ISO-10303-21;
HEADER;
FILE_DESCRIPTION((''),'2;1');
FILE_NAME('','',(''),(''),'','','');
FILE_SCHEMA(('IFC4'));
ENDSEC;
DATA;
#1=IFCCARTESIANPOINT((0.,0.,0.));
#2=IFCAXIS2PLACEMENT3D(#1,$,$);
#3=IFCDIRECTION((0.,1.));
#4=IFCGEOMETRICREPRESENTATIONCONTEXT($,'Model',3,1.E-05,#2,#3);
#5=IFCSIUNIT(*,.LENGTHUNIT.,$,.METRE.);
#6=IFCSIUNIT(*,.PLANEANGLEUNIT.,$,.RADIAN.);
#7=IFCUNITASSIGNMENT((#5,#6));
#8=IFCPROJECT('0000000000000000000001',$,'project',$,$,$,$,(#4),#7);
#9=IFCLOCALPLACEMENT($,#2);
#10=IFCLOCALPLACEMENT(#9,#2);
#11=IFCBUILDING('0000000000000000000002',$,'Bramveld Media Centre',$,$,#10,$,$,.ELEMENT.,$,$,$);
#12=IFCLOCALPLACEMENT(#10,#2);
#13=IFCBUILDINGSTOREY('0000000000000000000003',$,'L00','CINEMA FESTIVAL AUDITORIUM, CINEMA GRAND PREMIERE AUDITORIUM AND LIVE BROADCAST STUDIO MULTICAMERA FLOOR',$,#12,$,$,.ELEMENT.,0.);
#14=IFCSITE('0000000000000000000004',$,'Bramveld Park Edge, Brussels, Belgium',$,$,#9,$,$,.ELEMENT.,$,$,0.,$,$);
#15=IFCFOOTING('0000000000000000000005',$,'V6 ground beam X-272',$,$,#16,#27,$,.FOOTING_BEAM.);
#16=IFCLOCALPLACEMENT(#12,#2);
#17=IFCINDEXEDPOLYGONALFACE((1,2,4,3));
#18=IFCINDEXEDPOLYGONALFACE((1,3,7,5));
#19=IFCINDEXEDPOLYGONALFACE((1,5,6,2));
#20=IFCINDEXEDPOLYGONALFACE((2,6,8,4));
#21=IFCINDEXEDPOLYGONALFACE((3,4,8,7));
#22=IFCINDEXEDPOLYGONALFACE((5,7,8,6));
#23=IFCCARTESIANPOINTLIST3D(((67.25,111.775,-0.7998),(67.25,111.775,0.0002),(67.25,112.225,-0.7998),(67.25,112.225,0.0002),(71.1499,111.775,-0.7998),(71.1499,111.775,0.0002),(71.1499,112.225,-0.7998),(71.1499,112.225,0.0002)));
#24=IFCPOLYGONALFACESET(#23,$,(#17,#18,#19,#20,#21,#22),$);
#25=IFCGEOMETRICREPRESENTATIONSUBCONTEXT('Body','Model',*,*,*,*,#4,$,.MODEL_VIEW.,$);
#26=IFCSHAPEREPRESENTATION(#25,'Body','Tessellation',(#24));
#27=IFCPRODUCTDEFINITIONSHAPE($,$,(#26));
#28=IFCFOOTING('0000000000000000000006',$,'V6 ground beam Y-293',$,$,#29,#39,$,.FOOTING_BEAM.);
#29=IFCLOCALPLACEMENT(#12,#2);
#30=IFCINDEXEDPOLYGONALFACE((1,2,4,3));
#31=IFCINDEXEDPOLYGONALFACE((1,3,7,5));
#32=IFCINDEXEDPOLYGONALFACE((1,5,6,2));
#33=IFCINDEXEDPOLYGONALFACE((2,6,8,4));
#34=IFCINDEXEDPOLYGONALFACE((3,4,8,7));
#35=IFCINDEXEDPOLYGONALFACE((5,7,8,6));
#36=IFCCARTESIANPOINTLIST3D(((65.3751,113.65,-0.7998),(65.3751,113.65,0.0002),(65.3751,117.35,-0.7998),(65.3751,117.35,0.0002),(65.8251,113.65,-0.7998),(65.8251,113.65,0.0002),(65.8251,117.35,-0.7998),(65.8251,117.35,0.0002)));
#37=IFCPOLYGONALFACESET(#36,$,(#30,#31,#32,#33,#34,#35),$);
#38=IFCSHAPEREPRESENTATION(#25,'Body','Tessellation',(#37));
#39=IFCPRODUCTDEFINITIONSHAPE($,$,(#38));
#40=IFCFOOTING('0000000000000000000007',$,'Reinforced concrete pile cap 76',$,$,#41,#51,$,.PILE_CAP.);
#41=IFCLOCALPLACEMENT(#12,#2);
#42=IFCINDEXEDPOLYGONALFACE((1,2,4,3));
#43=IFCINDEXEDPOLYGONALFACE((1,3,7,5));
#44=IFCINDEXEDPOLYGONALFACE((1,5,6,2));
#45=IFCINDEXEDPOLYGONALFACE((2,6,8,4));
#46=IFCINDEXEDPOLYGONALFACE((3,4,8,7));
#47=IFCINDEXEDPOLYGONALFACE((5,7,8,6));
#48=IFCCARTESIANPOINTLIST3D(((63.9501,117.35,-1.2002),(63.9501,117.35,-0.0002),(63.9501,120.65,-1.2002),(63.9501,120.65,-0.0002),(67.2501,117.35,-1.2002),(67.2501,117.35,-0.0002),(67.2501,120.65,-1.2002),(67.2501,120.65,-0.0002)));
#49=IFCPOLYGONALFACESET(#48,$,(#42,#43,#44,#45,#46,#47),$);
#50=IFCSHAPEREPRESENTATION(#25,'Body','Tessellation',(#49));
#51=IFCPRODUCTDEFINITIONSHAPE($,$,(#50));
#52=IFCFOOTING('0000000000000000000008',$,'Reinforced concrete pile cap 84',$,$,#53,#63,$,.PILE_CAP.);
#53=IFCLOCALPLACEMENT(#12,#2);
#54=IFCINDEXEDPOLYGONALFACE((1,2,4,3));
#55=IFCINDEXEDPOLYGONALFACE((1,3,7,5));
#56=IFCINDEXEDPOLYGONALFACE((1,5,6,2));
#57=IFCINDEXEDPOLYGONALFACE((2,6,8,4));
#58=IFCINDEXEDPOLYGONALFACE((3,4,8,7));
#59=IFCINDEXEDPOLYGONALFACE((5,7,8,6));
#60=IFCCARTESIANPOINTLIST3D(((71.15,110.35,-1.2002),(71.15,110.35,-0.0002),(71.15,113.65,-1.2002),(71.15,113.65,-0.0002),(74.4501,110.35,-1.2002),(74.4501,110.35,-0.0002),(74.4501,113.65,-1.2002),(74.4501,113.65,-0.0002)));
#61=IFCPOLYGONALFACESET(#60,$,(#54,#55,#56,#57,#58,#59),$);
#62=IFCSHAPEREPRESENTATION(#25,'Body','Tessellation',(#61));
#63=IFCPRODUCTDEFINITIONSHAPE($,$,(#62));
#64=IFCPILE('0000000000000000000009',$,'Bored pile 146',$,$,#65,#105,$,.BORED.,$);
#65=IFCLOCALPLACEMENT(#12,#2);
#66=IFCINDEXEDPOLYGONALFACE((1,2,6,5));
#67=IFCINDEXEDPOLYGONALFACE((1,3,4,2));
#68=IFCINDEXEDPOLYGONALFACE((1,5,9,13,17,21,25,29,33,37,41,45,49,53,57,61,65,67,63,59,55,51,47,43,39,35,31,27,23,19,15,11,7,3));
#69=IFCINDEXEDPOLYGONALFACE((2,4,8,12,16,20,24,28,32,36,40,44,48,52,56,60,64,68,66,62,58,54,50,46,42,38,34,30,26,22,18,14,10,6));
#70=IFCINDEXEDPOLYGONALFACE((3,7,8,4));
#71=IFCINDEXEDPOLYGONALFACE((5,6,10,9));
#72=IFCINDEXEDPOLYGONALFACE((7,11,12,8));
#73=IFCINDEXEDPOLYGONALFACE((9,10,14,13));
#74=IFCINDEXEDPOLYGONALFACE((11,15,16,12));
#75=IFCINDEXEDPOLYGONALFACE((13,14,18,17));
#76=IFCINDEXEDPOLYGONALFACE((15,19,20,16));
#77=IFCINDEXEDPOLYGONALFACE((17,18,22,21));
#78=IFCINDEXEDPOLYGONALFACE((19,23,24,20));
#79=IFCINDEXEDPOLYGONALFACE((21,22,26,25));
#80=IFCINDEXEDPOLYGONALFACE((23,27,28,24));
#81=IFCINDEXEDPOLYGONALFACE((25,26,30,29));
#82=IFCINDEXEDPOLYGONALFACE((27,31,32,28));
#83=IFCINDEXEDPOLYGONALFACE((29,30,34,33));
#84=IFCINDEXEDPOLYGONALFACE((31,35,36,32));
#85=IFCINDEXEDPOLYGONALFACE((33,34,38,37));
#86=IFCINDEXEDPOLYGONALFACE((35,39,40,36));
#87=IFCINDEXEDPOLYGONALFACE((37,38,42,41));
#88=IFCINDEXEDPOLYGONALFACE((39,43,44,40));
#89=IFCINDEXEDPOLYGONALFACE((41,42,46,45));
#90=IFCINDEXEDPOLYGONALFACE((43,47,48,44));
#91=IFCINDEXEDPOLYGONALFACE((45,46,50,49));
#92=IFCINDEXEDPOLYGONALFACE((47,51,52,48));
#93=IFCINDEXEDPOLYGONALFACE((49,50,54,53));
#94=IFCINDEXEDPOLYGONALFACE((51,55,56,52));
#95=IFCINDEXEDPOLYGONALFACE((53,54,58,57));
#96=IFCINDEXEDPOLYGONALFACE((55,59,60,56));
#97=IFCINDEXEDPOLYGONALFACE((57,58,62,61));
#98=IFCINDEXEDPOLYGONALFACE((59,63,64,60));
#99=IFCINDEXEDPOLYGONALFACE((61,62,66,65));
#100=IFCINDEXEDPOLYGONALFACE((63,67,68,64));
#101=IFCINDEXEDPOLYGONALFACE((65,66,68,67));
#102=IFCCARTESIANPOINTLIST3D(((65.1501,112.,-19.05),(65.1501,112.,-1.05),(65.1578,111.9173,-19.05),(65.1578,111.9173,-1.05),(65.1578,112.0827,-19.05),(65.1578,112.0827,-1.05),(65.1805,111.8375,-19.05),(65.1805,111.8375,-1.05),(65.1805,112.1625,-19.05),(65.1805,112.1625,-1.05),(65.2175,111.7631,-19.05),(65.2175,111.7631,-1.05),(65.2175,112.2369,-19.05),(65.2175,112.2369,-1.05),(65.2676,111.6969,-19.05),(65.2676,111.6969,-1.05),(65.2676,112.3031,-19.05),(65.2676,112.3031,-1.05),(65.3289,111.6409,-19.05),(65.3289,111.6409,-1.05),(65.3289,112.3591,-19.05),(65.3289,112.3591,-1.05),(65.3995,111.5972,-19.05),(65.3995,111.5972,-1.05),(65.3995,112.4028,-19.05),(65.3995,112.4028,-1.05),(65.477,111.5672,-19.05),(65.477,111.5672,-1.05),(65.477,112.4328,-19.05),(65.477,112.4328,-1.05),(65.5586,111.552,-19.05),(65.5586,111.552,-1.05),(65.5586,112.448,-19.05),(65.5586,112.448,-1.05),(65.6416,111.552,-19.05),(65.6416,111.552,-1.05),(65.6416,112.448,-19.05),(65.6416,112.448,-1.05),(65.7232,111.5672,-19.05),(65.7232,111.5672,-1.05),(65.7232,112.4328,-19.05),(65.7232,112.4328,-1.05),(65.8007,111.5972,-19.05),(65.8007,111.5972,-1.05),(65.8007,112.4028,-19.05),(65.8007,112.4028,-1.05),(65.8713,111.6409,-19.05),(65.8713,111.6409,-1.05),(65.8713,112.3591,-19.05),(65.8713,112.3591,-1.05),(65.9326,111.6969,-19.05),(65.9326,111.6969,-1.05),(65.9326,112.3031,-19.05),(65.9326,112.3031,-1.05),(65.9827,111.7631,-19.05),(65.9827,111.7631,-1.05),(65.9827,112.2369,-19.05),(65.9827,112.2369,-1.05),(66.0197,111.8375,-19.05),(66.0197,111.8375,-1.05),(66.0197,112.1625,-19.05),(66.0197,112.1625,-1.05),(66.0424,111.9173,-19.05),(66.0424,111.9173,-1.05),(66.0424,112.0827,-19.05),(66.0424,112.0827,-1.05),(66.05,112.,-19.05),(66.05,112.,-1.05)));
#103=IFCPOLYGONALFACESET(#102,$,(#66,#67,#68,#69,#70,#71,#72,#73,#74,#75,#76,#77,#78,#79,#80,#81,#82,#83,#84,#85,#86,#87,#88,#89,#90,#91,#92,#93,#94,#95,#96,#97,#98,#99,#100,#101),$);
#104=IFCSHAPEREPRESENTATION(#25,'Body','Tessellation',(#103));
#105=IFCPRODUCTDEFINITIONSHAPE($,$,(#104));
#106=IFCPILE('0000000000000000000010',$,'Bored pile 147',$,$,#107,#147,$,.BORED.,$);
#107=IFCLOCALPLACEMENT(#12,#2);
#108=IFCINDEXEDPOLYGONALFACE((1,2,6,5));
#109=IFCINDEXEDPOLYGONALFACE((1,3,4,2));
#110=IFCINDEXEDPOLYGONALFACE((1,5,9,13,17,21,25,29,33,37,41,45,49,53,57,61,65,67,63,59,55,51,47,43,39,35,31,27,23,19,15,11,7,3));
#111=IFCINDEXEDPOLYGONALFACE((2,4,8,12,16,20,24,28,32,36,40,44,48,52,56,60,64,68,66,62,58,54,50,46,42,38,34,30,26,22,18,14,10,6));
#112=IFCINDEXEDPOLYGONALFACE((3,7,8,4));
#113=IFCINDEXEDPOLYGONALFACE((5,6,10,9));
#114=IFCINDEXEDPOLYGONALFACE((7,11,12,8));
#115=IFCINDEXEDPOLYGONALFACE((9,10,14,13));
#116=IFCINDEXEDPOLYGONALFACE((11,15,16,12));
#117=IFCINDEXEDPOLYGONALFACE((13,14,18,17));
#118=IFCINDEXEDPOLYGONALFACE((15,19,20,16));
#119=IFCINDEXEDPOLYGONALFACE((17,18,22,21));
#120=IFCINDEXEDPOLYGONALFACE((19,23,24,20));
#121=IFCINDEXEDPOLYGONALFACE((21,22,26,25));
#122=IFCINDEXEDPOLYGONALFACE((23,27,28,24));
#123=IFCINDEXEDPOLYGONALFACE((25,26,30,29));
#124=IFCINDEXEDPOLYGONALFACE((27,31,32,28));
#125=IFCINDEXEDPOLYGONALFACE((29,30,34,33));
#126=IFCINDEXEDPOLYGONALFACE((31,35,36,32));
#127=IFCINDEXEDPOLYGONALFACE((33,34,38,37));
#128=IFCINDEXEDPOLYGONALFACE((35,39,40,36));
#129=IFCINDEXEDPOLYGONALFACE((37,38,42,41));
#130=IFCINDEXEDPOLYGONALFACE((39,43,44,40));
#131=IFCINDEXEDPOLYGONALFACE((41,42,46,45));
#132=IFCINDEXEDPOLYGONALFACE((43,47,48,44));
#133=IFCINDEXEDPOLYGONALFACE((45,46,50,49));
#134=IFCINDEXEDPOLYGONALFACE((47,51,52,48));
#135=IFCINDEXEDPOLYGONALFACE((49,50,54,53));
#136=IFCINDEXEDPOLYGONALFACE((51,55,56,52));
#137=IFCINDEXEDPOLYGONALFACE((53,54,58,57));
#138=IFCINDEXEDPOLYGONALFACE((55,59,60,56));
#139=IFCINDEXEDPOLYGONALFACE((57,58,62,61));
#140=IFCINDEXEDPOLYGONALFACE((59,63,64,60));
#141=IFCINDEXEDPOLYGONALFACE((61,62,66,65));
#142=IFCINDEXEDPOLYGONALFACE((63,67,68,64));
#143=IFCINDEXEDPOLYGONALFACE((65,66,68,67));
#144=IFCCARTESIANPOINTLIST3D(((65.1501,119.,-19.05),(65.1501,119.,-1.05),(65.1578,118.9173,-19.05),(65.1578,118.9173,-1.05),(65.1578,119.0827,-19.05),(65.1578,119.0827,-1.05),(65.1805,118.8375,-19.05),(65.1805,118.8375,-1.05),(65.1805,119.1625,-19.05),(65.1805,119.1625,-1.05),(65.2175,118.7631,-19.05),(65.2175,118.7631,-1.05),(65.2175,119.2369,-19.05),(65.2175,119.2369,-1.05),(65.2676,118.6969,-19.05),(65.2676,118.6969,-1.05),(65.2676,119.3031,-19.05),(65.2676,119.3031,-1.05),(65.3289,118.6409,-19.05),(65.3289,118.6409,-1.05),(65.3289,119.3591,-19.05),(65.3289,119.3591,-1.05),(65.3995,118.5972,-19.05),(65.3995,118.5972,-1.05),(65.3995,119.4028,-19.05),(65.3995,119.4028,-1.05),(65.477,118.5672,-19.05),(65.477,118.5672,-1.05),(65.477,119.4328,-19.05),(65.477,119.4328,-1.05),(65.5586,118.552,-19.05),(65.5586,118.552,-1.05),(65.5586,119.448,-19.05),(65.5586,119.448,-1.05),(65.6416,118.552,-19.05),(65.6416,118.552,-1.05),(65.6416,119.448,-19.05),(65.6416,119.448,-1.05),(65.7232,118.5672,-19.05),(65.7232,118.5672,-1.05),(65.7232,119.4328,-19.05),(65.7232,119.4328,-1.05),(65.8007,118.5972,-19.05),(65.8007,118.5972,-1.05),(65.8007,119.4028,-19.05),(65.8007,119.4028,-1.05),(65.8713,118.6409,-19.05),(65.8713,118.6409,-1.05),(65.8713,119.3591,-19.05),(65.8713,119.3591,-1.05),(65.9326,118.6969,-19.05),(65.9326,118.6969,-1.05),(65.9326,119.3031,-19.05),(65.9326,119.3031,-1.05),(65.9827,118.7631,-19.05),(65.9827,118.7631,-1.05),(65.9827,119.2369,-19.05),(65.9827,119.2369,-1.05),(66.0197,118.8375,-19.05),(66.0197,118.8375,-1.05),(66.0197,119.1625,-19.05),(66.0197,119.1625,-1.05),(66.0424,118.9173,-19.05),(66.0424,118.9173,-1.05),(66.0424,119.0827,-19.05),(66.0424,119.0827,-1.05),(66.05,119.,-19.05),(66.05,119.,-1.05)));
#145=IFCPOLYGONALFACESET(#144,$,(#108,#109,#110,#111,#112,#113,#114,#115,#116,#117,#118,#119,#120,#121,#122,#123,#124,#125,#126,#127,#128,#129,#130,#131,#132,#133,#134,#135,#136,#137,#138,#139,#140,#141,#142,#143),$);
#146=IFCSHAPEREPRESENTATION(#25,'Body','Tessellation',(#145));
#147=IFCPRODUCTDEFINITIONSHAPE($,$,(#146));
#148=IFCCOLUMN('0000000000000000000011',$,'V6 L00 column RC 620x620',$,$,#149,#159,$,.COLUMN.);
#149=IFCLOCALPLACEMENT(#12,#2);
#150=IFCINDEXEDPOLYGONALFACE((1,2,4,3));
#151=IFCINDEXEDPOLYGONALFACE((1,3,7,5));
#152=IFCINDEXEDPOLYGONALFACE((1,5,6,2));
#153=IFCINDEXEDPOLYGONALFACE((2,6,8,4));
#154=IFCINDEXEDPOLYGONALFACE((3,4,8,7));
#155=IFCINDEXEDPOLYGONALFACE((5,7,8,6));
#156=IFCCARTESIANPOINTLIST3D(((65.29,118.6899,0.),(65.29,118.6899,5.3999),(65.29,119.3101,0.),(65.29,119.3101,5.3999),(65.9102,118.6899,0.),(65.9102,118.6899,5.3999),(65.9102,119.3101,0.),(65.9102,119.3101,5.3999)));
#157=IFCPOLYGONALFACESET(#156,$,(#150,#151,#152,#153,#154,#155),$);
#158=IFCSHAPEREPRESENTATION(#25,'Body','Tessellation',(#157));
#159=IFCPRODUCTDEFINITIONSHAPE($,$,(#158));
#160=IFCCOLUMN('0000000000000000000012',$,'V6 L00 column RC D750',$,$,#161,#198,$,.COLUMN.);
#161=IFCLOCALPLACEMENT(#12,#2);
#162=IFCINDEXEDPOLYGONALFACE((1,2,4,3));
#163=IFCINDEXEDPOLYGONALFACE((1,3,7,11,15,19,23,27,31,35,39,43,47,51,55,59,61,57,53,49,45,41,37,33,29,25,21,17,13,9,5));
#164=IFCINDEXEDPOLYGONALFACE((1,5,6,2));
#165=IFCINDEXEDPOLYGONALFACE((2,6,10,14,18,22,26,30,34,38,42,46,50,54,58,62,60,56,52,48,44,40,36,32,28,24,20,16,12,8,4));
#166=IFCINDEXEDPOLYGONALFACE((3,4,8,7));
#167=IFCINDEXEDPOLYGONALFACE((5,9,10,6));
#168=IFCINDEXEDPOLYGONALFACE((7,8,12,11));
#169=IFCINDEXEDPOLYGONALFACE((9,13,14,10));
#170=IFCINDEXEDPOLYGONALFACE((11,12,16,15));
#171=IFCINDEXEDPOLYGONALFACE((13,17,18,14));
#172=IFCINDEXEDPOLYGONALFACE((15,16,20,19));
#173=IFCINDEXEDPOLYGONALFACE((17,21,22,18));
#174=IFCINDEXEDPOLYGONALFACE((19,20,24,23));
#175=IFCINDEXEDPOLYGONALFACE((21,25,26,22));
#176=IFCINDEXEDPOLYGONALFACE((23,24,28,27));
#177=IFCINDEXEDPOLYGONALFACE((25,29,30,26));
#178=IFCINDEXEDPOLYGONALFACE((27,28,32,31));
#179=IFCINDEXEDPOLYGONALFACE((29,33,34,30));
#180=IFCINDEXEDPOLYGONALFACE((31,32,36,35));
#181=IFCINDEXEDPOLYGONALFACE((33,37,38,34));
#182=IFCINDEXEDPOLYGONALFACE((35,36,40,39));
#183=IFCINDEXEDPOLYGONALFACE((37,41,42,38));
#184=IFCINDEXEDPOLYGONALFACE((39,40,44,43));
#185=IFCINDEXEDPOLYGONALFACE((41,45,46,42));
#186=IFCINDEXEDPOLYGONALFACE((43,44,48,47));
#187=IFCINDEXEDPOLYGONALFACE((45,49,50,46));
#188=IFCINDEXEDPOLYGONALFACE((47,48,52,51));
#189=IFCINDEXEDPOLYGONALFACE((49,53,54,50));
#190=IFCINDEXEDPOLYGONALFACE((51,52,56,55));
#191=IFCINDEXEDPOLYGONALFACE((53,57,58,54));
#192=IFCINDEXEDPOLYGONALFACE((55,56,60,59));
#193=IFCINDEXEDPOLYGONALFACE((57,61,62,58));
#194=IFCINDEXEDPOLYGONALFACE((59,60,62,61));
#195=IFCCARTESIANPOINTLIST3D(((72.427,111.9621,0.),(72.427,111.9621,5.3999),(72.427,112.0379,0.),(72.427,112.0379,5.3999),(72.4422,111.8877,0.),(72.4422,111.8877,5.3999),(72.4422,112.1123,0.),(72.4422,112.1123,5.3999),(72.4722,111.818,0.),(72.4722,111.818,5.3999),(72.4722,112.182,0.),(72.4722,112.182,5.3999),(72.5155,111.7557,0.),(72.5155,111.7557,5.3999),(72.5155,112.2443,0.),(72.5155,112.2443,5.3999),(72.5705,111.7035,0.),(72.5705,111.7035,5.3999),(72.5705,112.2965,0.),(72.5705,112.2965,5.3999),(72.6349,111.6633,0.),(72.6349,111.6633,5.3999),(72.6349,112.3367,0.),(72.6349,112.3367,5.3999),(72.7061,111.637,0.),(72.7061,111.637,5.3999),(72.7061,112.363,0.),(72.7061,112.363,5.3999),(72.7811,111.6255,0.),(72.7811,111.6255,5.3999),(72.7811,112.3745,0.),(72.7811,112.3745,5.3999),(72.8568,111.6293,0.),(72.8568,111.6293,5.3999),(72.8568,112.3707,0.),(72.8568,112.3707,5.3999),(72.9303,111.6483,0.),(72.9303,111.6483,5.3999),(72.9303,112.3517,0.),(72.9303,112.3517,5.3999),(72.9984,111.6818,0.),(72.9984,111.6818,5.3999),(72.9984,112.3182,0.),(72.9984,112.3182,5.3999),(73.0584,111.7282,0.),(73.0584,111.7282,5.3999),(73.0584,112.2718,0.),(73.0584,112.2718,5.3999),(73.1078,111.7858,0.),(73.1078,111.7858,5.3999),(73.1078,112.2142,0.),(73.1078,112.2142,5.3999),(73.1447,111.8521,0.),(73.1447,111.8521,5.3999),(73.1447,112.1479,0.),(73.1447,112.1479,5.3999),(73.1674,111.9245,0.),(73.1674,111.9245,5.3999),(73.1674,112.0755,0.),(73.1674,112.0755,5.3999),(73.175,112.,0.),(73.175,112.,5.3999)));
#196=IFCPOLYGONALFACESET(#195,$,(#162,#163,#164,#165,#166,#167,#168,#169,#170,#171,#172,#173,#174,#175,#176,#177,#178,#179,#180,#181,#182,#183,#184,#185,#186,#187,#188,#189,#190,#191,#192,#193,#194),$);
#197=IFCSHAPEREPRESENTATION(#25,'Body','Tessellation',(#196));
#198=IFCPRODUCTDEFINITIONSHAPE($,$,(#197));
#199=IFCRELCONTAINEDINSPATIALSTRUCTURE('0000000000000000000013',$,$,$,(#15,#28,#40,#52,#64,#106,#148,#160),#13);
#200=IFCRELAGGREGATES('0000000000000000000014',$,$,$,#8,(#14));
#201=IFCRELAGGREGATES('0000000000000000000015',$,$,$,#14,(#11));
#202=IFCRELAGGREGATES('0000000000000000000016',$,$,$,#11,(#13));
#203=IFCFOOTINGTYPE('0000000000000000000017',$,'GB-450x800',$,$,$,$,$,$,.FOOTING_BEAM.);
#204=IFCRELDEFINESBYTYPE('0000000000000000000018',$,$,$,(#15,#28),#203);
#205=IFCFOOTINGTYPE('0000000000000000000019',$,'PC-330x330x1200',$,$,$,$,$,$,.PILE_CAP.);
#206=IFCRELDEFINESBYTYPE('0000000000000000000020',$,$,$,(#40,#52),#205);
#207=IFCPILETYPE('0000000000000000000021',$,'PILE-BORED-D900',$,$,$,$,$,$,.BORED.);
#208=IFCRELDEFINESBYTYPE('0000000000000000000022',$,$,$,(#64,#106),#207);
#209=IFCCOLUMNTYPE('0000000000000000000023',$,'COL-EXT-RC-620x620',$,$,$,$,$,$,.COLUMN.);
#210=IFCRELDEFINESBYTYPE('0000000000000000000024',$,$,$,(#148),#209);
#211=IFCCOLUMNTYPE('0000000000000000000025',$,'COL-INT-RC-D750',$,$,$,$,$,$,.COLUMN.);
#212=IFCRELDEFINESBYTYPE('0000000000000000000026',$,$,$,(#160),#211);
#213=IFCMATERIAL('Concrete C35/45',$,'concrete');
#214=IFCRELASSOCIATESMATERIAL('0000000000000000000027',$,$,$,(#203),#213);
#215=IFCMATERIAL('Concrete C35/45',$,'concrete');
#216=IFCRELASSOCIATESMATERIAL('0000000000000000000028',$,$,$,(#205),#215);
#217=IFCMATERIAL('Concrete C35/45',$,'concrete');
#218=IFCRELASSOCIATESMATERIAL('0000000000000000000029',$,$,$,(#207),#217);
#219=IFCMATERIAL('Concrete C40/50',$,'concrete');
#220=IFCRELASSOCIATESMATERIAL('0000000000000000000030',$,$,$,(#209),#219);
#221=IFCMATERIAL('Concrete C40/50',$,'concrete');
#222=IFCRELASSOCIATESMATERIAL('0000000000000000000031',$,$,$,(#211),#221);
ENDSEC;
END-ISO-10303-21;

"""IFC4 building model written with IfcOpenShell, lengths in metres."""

from ifc_helpers import new_model, si_unit, direction, frame, origin, origin_2d, place, context, subcontext, project, spatial, rectangle, circle, extrude, material, material_profile, profile_set, type_object, element, save


model = new_model("IFC4")

# Units and contexts
model_context = context("Model", 3, precision=1e-05, world=origin(), true_north=direction((0.0, 1.0)))
body_context = subcontext(model_context, "Body", "Model", "MODEL_VIEW")
ifc_project = project(units=[si_unit("LENGTHUNIT", "METRE"), si_unit("PLANEANGLEUNIT", "RADIAN")], contexts=[model_context])

# Site, building, storey
site_placement = place(None, origin())
site = spatial("IfcSite", under=ifc_project, at=site_placement, Name="Bramveld Park Edge, Brussels, Belgium", CompositionType="ELEMENT", RefElevation=0.0)
building_placement = place(site_placement, origin())
building = spatial("IfcBuilding", under=site, at=building_placement, Name="Bramveld Media Centre", CompositionType="ELEMENT")
storey_placement = place(building_placement, origin())
storey = spatial("IfcBuildingStorey", under=building, at=storey_placement, Name="L00", Description="CINEMA FESTIVAL AUDITORIUM, CINEMA GRAND PREMIERE AUDITORIUM AND LIVE BROADCAST STUDIO MULTICAMERA FLOOR", CompositionType="ELEMENT", Elevation=0.0)

# Footings
ifc_material_1 = material(Name="Concrete C35/45", Category="concrete")
footing_type_1 = type_object("IfcFootingType", Name="GB-450x800", PredefinedType="FOOTING_BEAM", material=ifc_material_1)
footing_1_placement = place(storey_placement, frame((69.2, 112.0, -0.7998), z_axis=(0.0, 0.0, 1.0), x_axis=(1.0, 0.0, 0.0)))
element("IfcFooting", 1, at=footing_1_placement, inside=storey, type_object=footing_type_1, Name="V6 ground beam X-272", PredefinedType="FOOTING_BEAM", context=body_context, shape_type="SweptSolid", body=[
    extrude(rectangle(XDim=3.8999, YDim=0.45, at=origin_2d()), origin(), (0.0, 0.0, 1.0), 0.8),
])
footing_2_placement = place(storey_placement, frame((65.6001, 115.5, -0.7998), z_axis=(0.0, 0.0, 1.0), x_axis=(1.0, 0.0, 0.0)))
element("IfcFooting", 2, at=footing_2_placement, inside=storey, type_object=footing_type_1, Name="V6 ground beam Y-293", PredefinedType="FOOTING_BEAM", context=body_context, shape_type="SweptSolid", body=[
    extrude(rectangle(XDim=0.45, YDim=3.7, at=origin_2d()), origin(), (0.0, 0.0, 1.0), 0.8),
])
ifc_material_2 = material(Name="Concrete C35/45", Category="concrete")
footing_type_2 = type_object("IfcFootingType", Name="PC-330x330x1200", PredefinedType="PILE_CAP", material=ifc_material_2)
for number, where, z_axis, x_axis, name in (
    (3, (65.6001, 119.0, -1.2002), (0.0, 0.0, 1.0), (1.0, 0.0, 0.0), "Reinforced concrete pile cap 76"),
    (4, (72.8, 112.0, -1.2002), (0.0, 0.0, 1.0), (1.0, 0.0, 0.0), "Reinforced concrete pile cap 84"),
):
    element("IfcFooting", number, at=place(storey_placement, frame(where, z_axis=z_axis, x_axis=x_axis)), inside=storey, type_object=footing_type_2, Name=name, PredefinedType="PILE_CAP", context=body_context, shape_type="SweptSolid", body=[
        extrude(rectangle(XDim=3.3, YDim=3.3, at=origin_2d()), origin(), (0.0, 0.0, 1.0), 1.2),
    ])

# Piles
ifc_material_3 = material(Name="Concrete C35/45", Category="concrete")
ifc_material_profile_1 = material_profile(ifc_material_3, circle(Radius=0.45, at=origin_2d()), Name="BORED D900")
ifc_profile_set_1 = profile_set([ifc_material_profile_1], Name="Concrete C35/45")
pile_type = type_object("IfcPileType", Name="PILE-BORED-D900", PredefinedType="BORED", material=ifc_profile_set_1)
for number, where, z_axis, x_axis, name in (
    (5, (65.6001, 112.0, -1.05), (0.0, 0.0, -1.0), (1.0, 0.0, 0.0), "Bored pile 146"),
    (6, (65.6001, 119.0, -1.05), (0.0, 0.0, -1.0), (1.0, 0.0, 0.0), "Bored pile 147"),
):
    element("IfcPile", number, at=place(storey_placement, frame(where, z_axis=z_axis, x_axis=x_axis)), inside=storey, type_object=pile_type, Name=name, PredefinedType="BORED", context=body_context, shape_type="SweptSolid", body=[
        extrude(circle(Radius=0.45, at=origin_2d()), origin(), (0.0, 0.0, 1.0), 18.0),
    ])

# Columns
ifc_material_4 = material(Name="Concrete C40/50", Category="concrete")
ifc_material_profile_2 = material_profile(ifc_material_4, rectangle(XDim=0.6201, YDim=0.6201, at=origin_2d()), Name="RC 620x620")
ifc_profile_set_2 = profile_set([ifc_material_profile_2], Name="Concrete C40/50")
column_type_1 = type_object("IfcColumnType", Name="COL-EXT-RC-620x620", PredefinedType="COLUMN", material=ifc_profile_set_2)
column_1_placement = place(storey_placement, frame((65.6001, 119.0, 0.0), z_axis=(0.0, 0.0, 1.0), x_axis=(1.0, 0.0, 0.0)))
element("IfcColumn", 7, at=column_1_placement, inside=storey, type_object=column_type_1, Name="V6 L00 column RC 620x620", PredefinedType="COLUMN", context=body_context, shape_type="SweptSolid", body=[
    extrude(rectangle(XDim=0.6201, YDim=0.6201, at=origin_2d()), origin(), (0.0, 0.0, 1.0), 5.3999),
])
ifc_material_5 = material(Name="Concrete C40/50", Category="concrete")
ifc_material_profile_3 = material_profile(ifc_material_5, circle(Radius=0.375, at=origin_2d()), Name="RC D750")
ifc_profile_set_3 = profile_set([ifc_material_profile_3], Name="Concrete C40/50")
column_type_2 = type_object("IfcColumnType", Name="COL-INT-RC-D750", PredefinedType="COLUMN", material=ifc_profile_set_3)
column_2_placement = place(storey_placement, frame((72.8, 112.0, 0.0), z_axis=(0.0, 0.0, 1.0), x_axis=(1.0, 0.0, 0.0)))
element("IfcColumn", 8, at=column_2_placement, inside=storey, type_object=column_type_2, Name="V6 L00 column RC D750", PredefinedType="COLUMN", context=body_context, shape_type="SweptSolid", body=[
    extrude(circle(Radius=0.375, at=origin_2d()), origin(), (0.0, 0.0, 1.0), 5.3999),
])

save(model, "model.ifc")
